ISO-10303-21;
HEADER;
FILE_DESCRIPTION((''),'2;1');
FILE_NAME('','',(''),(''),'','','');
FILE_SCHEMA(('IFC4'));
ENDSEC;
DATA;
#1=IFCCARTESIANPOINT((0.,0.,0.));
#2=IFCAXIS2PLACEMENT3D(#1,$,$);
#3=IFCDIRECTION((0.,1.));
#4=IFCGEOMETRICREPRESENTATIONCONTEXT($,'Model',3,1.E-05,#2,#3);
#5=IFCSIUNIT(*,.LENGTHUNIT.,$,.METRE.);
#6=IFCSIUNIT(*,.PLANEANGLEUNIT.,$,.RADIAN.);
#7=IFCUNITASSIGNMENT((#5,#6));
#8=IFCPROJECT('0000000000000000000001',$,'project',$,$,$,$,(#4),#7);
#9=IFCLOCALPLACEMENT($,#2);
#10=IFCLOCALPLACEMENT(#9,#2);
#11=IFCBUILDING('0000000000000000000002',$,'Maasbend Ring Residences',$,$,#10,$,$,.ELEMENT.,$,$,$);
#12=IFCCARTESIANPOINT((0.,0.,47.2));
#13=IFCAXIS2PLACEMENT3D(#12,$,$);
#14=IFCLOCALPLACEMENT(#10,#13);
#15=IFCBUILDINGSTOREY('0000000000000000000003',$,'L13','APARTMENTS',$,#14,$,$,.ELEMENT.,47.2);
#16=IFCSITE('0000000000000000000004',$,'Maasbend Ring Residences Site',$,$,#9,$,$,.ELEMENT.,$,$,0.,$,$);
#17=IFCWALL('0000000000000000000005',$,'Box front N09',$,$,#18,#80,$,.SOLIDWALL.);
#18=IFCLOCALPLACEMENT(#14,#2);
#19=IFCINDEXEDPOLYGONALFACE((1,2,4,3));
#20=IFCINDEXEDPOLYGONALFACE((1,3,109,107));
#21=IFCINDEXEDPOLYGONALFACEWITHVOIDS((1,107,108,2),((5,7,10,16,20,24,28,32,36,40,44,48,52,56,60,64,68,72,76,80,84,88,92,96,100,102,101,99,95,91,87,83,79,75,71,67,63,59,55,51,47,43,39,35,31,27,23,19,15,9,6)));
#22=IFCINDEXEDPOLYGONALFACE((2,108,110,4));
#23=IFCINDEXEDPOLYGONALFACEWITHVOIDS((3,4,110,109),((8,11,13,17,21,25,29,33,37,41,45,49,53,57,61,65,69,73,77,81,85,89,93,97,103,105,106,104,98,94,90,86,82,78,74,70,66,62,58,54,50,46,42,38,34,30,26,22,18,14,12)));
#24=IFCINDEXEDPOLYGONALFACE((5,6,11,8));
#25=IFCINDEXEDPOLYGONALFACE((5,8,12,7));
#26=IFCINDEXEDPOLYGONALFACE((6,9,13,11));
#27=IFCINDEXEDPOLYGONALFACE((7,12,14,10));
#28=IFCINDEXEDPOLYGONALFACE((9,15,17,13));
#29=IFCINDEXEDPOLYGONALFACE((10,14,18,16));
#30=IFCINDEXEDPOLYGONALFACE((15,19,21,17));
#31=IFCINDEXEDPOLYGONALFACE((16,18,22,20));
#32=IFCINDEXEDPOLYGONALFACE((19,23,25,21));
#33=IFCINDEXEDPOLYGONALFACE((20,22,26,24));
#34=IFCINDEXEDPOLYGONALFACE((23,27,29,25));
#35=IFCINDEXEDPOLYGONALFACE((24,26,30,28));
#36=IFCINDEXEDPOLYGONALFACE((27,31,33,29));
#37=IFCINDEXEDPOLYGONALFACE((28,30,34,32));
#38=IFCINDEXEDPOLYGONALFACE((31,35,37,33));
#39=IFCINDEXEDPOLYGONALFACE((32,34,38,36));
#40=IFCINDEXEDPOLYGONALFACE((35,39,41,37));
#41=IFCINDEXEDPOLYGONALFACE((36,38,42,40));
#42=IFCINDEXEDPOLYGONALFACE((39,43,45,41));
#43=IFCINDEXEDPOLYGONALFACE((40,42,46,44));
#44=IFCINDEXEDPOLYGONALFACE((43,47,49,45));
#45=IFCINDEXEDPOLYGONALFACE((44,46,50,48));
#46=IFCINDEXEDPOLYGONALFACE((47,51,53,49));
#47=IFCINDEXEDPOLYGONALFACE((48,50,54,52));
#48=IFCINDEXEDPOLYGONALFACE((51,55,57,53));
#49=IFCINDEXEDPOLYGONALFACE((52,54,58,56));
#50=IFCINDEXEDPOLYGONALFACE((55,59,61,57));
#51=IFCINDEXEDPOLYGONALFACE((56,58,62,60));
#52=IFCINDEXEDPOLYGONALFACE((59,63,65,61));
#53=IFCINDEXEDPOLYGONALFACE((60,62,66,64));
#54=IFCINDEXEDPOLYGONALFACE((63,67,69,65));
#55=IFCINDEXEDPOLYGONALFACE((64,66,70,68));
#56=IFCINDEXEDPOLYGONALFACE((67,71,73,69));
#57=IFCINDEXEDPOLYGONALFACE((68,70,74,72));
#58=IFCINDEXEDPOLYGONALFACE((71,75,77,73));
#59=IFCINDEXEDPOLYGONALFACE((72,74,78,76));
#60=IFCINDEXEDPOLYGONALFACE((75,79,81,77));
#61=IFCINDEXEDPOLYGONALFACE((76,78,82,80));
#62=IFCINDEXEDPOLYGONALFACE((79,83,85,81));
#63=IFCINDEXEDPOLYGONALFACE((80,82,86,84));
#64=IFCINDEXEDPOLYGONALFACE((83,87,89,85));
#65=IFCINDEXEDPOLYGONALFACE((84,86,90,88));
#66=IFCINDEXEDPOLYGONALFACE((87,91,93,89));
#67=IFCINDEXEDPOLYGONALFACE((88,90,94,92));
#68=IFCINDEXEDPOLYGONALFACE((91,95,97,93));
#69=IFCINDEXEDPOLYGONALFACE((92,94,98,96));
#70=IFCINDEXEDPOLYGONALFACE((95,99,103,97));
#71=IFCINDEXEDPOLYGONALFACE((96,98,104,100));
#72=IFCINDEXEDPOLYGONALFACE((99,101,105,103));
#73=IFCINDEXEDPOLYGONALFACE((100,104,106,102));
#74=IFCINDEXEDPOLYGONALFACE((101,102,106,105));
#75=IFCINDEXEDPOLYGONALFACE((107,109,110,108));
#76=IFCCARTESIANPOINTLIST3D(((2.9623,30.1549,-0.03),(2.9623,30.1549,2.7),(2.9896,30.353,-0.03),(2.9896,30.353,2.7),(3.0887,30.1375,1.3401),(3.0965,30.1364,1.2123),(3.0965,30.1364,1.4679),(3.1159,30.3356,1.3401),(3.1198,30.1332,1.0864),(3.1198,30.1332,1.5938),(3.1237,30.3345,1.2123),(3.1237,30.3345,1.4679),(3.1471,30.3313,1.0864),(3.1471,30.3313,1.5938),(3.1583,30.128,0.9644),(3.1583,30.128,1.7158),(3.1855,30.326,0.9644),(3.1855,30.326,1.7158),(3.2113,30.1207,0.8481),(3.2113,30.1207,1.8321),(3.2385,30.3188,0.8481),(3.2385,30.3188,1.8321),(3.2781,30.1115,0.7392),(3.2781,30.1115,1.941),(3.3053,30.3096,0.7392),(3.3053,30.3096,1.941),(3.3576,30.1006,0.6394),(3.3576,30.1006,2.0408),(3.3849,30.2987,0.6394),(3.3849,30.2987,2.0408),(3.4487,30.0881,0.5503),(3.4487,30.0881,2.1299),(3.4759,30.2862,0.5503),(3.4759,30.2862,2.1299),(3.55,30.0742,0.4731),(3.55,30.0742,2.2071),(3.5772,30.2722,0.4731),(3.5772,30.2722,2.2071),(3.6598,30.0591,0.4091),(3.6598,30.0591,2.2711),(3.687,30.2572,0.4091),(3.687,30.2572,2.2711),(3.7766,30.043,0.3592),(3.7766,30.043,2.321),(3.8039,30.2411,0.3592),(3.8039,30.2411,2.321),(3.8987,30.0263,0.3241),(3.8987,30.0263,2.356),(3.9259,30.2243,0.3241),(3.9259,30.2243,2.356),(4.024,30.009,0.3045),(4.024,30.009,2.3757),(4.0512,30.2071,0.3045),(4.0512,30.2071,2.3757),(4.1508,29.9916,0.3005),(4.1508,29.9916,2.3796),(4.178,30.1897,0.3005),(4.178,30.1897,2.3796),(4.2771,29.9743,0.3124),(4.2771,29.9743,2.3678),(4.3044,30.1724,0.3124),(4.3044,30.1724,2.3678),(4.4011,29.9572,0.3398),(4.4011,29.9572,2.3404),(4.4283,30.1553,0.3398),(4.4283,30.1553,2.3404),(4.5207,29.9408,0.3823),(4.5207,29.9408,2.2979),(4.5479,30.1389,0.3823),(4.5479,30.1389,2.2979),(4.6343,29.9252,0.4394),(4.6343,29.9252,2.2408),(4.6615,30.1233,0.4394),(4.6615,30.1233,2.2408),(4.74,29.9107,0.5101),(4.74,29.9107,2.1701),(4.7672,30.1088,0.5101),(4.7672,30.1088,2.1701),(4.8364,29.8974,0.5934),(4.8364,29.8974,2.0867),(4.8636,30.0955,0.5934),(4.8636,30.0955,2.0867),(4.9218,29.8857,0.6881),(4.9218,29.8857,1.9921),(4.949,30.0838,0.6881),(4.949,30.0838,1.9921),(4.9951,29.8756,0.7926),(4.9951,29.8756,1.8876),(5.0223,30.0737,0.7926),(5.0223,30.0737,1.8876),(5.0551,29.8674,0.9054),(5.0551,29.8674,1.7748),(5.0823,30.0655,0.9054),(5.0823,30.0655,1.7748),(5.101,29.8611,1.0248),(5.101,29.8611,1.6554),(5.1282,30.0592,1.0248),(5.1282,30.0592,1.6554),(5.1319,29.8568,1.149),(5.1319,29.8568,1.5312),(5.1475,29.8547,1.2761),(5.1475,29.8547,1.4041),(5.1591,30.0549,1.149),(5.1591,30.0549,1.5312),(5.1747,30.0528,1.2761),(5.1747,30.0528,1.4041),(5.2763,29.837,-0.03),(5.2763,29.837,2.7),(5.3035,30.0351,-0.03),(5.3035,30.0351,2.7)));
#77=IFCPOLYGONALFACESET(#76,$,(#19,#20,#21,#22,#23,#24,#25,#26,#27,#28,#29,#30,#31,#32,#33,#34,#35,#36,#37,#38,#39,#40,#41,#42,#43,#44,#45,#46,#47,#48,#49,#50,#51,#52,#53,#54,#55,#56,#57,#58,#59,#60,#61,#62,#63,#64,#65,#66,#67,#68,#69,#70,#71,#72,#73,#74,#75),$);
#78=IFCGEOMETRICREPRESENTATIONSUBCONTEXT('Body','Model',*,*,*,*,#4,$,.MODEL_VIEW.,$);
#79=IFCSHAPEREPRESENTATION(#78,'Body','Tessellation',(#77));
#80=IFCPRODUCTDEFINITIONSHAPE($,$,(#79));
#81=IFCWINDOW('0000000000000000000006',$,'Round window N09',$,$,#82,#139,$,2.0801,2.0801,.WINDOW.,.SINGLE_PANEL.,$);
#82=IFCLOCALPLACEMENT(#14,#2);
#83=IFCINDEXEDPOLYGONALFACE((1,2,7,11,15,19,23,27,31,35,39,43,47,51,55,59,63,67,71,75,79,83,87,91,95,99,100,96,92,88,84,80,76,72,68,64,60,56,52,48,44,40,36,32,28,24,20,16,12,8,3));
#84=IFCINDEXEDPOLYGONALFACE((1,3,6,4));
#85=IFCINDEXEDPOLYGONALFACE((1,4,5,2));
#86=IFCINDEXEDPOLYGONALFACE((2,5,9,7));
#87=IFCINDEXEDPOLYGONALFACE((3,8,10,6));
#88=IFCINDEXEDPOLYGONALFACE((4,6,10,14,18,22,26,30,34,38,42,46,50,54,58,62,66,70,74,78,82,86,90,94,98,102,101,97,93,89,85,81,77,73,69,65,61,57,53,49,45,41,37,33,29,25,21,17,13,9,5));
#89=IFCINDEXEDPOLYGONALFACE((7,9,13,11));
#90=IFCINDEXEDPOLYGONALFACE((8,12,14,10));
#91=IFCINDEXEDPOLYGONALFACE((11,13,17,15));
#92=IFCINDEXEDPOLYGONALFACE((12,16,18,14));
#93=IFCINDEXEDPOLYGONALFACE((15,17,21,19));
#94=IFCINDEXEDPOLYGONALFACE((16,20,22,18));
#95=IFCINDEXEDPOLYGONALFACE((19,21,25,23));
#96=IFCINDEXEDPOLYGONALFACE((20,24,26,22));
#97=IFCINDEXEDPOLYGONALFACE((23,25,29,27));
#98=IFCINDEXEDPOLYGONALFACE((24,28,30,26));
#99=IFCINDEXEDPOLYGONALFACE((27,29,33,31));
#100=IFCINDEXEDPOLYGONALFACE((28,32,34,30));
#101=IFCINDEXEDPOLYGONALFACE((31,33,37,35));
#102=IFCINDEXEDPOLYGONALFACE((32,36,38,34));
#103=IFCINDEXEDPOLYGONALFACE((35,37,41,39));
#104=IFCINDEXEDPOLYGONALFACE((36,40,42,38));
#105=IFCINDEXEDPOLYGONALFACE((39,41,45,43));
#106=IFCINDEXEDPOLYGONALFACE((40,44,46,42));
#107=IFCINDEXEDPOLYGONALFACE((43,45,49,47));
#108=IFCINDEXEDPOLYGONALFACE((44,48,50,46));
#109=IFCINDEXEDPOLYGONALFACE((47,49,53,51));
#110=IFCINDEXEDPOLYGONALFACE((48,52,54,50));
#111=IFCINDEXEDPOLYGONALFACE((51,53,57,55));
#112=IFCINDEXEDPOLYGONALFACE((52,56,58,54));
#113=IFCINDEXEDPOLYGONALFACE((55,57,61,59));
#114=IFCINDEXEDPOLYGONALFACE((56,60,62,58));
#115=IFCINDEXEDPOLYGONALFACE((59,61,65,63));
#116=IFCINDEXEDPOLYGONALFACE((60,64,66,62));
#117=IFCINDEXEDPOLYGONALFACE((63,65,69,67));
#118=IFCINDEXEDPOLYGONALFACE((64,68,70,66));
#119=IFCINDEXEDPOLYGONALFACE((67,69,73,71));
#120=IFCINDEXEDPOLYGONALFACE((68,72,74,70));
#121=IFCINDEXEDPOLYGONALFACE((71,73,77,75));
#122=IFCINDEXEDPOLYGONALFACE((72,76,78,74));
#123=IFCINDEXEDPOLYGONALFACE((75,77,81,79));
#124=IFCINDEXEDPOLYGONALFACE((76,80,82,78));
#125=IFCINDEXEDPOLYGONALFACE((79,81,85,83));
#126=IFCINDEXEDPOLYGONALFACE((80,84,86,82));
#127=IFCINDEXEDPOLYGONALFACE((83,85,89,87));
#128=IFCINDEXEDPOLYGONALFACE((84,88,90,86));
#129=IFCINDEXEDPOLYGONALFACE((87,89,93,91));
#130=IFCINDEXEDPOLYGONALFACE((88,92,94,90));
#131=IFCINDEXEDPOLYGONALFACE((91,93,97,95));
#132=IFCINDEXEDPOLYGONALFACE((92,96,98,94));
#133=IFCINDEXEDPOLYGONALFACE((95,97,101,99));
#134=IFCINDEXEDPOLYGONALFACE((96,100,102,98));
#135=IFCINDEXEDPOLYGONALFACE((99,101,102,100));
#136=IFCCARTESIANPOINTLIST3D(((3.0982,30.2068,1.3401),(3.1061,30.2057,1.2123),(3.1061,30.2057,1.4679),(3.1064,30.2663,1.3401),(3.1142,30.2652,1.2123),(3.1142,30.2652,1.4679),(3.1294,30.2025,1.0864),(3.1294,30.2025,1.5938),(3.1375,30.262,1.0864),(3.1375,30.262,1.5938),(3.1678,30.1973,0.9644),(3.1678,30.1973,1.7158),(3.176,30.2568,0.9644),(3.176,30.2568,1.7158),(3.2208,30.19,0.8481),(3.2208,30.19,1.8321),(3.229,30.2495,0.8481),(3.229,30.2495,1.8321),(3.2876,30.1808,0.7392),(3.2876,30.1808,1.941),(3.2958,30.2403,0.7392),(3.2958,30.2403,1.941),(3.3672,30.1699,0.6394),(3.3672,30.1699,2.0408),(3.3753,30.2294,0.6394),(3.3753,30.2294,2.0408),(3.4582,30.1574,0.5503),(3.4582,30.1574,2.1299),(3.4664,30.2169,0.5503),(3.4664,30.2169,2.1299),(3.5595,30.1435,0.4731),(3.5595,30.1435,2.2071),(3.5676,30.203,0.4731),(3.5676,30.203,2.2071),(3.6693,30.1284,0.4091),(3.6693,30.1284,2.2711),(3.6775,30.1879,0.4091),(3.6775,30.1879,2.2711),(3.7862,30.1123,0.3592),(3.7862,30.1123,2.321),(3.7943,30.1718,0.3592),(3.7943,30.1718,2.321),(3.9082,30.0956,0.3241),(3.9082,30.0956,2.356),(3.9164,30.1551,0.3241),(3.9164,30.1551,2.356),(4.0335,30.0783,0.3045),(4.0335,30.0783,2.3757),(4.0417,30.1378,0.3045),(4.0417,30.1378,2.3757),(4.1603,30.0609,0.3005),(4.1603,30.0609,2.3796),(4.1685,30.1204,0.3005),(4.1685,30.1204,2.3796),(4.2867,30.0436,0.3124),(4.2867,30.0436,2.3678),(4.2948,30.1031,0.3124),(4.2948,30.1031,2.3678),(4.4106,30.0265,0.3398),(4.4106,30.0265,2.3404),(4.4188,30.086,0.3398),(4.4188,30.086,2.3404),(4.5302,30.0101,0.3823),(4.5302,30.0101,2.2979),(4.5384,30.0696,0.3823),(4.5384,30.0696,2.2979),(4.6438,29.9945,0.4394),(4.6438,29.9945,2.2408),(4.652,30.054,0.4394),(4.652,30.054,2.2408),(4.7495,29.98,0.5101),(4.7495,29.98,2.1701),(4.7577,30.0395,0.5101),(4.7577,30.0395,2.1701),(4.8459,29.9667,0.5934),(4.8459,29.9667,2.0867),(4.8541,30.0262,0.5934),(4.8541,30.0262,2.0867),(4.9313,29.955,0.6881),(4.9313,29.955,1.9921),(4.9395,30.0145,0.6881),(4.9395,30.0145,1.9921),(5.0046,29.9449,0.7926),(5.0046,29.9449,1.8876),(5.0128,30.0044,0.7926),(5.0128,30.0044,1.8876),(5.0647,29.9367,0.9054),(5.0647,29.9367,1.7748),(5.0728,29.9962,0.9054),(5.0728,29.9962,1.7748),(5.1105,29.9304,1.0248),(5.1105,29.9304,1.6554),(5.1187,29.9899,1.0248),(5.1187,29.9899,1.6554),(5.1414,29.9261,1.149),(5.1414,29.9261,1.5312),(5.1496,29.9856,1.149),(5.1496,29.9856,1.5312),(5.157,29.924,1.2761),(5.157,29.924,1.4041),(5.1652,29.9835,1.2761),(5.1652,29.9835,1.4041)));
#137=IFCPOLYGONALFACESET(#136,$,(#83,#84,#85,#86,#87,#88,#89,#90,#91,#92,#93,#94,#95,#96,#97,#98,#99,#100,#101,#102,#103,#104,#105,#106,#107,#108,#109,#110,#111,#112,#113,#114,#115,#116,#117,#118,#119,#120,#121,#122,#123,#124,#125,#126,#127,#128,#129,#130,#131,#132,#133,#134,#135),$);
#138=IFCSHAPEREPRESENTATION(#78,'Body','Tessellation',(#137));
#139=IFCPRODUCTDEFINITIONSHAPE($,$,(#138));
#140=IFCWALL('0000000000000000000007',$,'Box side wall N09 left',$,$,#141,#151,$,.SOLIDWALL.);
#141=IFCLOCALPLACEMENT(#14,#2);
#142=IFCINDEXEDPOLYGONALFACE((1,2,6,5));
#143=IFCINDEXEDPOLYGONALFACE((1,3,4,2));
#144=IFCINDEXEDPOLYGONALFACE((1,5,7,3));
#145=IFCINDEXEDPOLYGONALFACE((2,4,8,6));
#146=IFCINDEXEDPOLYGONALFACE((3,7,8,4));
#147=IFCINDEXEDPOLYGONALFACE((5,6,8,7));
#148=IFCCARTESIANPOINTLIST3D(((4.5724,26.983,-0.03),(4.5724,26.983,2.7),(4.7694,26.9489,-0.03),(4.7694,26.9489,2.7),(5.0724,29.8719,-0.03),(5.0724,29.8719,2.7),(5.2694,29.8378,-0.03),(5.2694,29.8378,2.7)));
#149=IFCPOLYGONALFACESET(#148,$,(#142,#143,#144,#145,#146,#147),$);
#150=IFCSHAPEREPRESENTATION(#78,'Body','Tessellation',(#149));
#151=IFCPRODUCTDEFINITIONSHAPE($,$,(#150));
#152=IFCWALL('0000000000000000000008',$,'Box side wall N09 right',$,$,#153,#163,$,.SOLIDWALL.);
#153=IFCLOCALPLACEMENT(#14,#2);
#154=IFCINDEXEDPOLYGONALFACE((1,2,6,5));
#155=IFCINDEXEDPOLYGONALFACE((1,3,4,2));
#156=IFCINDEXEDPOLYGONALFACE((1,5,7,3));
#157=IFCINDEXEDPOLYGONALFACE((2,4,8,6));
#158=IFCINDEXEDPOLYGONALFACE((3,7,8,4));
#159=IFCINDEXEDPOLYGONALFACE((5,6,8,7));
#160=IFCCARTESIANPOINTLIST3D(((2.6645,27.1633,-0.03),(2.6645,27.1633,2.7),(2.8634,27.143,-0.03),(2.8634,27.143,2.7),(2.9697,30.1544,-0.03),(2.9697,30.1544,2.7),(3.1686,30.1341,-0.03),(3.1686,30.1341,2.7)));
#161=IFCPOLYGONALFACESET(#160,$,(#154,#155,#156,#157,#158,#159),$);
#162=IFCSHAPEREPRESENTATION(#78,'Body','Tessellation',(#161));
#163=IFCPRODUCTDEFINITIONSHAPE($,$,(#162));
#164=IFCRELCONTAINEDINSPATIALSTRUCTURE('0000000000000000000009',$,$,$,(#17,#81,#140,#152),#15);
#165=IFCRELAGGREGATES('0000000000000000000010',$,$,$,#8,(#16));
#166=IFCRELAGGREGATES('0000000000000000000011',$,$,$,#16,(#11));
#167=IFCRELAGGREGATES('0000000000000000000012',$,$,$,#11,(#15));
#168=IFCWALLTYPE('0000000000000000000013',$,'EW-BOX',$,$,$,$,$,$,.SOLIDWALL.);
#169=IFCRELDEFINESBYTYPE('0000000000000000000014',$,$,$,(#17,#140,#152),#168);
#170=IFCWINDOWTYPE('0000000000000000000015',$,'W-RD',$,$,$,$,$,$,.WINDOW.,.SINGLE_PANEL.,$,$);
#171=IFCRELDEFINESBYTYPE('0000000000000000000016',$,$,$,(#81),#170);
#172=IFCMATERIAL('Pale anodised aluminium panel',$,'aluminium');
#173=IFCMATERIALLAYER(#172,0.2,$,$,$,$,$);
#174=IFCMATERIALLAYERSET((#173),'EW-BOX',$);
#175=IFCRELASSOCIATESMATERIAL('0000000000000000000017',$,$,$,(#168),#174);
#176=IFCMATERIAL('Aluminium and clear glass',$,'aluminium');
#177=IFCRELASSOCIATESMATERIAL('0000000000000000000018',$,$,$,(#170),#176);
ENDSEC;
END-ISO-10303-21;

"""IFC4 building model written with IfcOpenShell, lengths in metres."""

from ifc_helpers import new_model, si_unit, direction, frame, frame_2d, origin, place, context, subcontext, project, spatial, rectangle, circle, extrude, material, layer, layer_set, type_object, element, fill, save


model = new_model("IFC4")

# Units and contexts
model_context = context("Model", 3, precision=1e-05, world=origin(), true_north=direction((0.0, 1.0)))
body_context = subcontext(model_context, "Body", "Model", "MODEL_VIEW")
ifc_project = project(units=[si_unit("LENGTHUNIT", "METRE"), si_unit("PLANEANGLEUNIT", "RADIAN")], contexts=[model_context])

# Site, building, storey
site_placement = place(None, origin())
site = spatial("IfcSite", under=ifc_project, at=site_placement, Name="Maasbend Ring Residences Site", CompositionType="ELEMENT", RefElevation=0.0)
building_placement = place(site_placement, origin())
building = spatial("IfcBuilding", under=site, at=building_placement, Name="Maasbend Ring Residences", CompositionType="ELEMENT")
storey_placement = place(building_placement, frame((0.0, 0.0, 47.2)))
storey = spatial("IfcBuildingStorey", under=building, at=storey_placement, Name="L13", Description="APARTMENTS", CompositionType="ELEMENT", Elevation=47.2)

# Shared definitions
ifc_material_1 = material(Name="Pale anodised aluminium panel", Category="aluminium")
ifc_layer_1 = layer(ifc_material_1, 0.2)
ifc_layer_set_1 = layer_set([ifc_layer_1], Name="EW-BOX")
wall_type_1 = type_object("IfcWallType", Name="EW-BOX", PredefinedType="SOLIDWALL", material=ifc_layer_set_1)

# Wall, opening, window
wall_1_placement = place(storey_placement, frame((5.29, 29.936, -0.03), z_axis=(0.0, 0.0, 1.0), x_axis=(-0.990696, 0.136093, 0.0)))
wall_1 = element("IfcWall", 1, at=wall_1_placement, inside=storey, type_object=wall_type_1, Name="Box front N09", PredefinedType="SOLIDWALL", context=body_context, shape_type="SweptSolid", body=[
    extrude(rectangle(XDim=2.3357, YDim=0.2, at=frame_2d((1.168, 0.0))), origin(), (0.0, 0.0, 1.0), 2.73),
])
opening_1_placement = place(wall_1_placement, frame((0.1282, 0.0, 0.3301)))
opening_1 = element("IfcOpeningElement", 2, at=opening_1_placement, cuts=wall_1, PredefinedType="OPENING", context=body_context, shape_type="SweptSolid", body=[
    extrude(circle(Radius=1.04, at=frame_2d((1.04, 1.04))), frame((0.0, 0.1099, 0.0), z_axis=(0.0, -1.0, 0.0), x_axis=(1.0, 0.0, 0.0)), (0.0, 0.0, 1.0), 0.22),
])
ifc_material_2 = material(Name="Aluminium and clear glass", Category="aluminium")
window_type_1 = type_object("IfcWindowType", Name="W-RD", PartitioningType="SINGLE_PANEL", PredefinedType="WINDOW", material=ifc_material_2)
window_1_placement = place(opening_1_placement, origin())
window_1 = element("IfcWindow", 3, at=window_1_placement, inside=storey, type_object=window_type_1, Name="Round window N09", OverallHeight=2.0801, OverallWidth=2.0801, PartitioningType="SINGLE_PANEL", PredefinedType="WINDOW", context=body_context, shape_type="SweptSolid", body=[
    extrude(circle(Radius=1.04, at=frame_2d((1.04, 1.04))), frame((0.0, 0.03, 0.0), z_axis=(0.0, -1.0, 0.0), x_axis=(1.0, 0.0, 0.0)), (0.0, 0.0, 1.0), 0.0601),
])
fill(opening_1, window_1)

# Walls
wall_2_placement = place(storey_placement, frame((4.6709, 26.9661, -0.03), z_axis=(0.0, 0.0, 1.0), x_axis=(0.17054, 0.985351, 0.0)))
element("IfcWall", 4, at=wall_2_placement, inside=storey, type_object=wall_type_1, Name="Box side wall N09 left", PredefinedType="SOLIDWALL", context=body_context, shape_type="SweptSolid", body=[
    extrude(rectangle(XDim=2.9319, YDim=0.2, at=frame_2d((1.4658, 0.0))), origin(), (0.0, 0.0, 1.0), 2.73),
])
wall_3_placement = place(storey_placement, frame((2.7639, 27.1531, -0.03), z_axis=(0.0, 0.0, 1.0), x_axis=(0.101505, 0.994835, 0.0)))
element("IfcWall", 5, at=wall_3_placement, inside=storey, type_object=wall_type_1, Name="Box side wall N09 right", PredefinedType="SOLIDWALL", context=body_context, shape_type="SweptSolid", body=[
    extrude(rectangle(XDim=3.0066, YDim=0.2, at=frame_2d((1.5034, 0.0))), origin(), (0.0, 0.0, 1.0), 2.73),
])

save(model, "model.ifc")
